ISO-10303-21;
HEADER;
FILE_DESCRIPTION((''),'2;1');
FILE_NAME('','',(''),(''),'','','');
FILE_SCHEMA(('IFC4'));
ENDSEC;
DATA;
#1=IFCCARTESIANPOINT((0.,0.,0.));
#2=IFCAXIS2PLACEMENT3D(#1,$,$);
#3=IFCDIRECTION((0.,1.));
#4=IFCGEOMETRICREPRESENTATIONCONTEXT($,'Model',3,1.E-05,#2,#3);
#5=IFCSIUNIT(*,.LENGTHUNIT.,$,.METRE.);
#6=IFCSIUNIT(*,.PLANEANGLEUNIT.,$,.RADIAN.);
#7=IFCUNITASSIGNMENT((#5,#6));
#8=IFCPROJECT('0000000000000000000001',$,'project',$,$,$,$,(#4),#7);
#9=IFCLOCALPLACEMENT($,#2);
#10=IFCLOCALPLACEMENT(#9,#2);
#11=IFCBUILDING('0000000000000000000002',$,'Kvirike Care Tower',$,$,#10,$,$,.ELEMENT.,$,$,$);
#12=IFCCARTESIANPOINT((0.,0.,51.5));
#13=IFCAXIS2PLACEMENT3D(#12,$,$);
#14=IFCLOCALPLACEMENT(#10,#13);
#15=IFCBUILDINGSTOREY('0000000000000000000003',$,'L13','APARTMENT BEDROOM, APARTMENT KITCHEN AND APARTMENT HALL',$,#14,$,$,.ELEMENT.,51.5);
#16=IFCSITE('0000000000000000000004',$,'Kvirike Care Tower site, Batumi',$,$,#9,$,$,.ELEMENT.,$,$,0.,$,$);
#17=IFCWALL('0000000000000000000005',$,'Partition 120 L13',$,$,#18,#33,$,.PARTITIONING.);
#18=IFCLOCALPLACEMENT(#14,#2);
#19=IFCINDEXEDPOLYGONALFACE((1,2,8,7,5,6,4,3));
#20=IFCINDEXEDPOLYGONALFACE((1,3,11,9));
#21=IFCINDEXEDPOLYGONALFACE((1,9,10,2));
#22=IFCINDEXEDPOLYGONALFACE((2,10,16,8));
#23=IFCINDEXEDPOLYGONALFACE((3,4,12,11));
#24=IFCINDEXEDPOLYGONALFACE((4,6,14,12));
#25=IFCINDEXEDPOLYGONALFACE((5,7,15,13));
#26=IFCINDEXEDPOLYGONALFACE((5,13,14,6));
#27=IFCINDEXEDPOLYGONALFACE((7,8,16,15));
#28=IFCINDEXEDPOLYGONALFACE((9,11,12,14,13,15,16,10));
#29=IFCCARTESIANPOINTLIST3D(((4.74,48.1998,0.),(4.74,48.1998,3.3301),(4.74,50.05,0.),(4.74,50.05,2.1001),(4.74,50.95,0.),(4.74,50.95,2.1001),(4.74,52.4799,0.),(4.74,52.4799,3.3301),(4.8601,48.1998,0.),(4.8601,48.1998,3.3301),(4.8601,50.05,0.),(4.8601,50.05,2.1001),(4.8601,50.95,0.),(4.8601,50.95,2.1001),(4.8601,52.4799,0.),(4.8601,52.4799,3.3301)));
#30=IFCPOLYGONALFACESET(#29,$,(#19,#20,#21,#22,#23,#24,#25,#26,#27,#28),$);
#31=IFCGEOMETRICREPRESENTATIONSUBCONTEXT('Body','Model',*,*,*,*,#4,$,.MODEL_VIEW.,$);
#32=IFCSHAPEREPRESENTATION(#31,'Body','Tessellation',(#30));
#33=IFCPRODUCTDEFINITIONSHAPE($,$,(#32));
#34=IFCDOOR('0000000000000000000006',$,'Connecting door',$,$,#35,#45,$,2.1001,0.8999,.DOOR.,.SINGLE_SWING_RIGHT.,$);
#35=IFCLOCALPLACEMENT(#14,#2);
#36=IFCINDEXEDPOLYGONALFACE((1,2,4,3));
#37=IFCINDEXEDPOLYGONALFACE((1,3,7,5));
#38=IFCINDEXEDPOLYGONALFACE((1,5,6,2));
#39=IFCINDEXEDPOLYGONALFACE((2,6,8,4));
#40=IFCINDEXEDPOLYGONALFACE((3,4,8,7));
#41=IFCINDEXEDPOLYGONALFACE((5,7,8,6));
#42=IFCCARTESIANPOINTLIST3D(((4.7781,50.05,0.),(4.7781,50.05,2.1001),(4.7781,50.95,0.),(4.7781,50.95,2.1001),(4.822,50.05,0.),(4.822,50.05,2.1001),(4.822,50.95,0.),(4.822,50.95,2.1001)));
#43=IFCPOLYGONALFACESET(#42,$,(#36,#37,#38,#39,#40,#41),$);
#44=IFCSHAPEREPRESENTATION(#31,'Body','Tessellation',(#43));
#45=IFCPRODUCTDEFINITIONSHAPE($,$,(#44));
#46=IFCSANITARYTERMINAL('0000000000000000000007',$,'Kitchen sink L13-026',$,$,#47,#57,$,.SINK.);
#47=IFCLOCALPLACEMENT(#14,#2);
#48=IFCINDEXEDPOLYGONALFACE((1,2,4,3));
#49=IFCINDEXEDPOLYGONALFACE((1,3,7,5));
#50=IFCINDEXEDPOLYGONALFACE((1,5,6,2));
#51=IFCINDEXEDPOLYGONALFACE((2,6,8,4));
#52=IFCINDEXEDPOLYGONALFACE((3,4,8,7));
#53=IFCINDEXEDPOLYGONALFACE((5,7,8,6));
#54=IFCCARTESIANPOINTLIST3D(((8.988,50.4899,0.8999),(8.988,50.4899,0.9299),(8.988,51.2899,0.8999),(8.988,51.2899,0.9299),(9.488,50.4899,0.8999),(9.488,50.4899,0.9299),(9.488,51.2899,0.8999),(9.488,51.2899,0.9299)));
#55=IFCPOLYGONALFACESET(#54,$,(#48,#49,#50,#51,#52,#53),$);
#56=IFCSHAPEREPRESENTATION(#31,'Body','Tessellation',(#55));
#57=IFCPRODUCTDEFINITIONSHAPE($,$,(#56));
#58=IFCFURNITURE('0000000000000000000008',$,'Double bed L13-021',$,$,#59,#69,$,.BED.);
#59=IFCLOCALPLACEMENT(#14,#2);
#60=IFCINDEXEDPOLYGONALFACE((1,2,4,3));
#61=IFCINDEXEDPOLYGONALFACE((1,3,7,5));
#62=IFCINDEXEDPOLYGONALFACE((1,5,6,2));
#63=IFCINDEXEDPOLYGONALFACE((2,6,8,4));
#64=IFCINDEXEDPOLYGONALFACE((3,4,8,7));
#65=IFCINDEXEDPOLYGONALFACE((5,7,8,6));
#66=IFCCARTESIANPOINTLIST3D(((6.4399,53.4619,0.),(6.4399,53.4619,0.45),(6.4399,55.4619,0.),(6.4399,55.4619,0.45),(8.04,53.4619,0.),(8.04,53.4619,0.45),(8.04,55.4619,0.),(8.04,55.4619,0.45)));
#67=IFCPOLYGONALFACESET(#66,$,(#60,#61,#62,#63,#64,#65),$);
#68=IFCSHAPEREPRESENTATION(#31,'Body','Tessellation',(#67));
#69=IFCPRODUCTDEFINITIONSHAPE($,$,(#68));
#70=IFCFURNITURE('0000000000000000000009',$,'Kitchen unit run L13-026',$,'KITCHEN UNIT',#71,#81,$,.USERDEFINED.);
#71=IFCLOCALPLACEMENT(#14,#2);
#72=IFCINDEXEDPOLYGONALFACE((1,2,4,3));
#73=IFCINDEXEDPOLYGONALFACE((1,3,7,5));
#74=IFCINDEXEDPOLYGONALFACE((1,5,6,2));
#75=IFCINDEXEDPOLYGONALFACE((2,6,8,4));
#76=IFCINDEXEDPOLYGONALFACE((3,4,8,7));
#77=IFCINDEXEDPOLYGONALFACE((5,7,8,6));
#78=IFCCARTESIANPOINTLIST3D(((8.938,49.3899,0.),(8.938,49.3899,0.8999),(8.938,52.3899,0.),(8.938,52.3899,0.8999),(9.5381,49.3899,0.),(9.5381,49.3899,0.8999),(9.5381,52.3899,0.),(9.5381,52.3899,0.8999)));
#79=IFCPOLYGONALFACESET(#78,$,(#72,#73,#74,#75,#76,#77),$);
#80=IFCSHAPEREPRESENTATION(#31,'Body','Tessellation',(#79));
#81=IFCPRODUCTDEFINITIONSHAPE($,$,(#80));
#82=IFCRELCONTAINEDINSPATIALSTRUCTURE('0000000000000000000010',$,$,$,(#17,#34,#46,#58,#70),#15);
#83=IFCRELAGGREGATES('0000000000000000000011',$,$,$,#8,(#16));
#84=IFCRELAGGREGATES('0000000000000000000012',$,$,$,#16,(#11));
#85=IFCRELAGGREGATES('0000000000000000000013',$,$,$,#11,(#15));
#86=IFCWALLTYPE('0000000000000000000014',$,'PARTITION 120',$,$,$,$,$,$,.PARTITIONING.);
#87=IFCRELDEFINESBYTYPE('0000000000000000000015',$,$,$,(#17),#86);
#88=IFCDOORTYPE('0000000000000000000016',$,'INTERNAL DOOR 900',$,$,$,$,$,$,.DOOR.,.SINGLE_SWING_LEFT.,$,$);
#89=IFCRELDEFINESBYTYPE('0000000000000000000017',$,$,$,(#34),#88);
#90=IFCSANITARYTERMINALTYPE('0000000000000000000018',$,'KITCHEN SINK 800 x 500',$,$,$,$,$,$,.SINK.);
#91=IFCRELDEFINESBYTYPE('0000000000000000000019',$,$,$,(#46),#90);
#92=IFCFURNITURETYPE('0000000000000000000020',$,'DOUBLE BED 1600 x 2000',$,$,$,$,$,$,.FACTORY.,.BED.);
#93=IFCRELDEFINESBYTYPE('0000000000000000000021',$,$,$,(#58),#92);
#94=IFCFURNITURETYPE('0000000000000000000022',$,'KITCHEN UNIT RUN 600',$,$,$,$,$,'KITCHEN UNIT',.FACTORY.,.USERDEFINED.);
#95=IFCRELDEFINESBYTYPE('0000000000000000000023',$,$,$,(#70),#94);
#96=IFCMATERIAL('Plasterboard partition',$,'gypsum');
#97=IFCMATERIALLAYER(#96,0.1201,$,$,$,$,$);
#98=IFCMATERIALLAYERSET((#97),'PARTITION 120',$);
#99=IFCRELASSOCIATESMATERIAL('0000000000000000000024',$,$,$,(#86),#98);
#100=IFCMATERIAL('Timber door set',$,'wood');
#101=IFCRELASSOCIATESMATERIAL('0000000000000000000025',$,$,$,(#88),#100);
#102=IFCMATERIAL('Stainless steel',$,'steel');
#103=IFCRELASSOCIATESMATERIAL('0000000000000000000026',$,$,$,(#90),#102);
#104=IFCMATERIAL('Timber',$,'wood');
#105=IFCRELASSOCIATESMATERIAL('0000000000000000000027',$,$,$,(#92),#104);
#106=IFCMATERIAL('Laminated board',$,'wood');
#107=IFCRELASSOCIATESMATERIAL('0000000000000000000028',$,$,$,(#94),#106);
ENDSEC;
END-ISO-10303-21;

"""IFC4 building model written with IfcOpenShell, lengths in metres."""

from ifc_helpers import new_model, si_unit, direction, frame, frame_2d, origin, origin_2d, place, context, subcontext, project, spatial, rectangle, extrude, material, layer, layer_set, type_object, element, fill, save


model = new_model("IFC4")

# Units and contexts
model_context = context("Model", 3, precision=1e-05, world=origin(), true_north=direction((0.0, 1.0)))
body_context = subcontext(model_context, "Body", "Model", "MODEL_VIEW")
ifc_project = project(units=[si_unit("LENGTHUNIT", "METRE"), si_unit("PLANEANGLEUNIT", "RADIAN")], contexts=[model_context])

# Site, building, storey
site_placement = place(None, origin())
site = spatial("IfcSite", under=ifc_project, at=site_placement, Name="Kvirike Care Tower site, Batumi", CompositionType="ELEMENT", RefElevation=0.0)
building_placement = place(site_placement, origin())
building = spatial("IfcBuilding", under=site, at=building_placement, Name="Kvirike Care Tower", CompositionType="ELEMENT")
storey_placement = place(building_placement, frame((0.0, 0.0, 51.5)))
storey = spatial("IfcBuildingStorey", under=building, at=storey_placement, Name="L13", Description="APARTMENT BEDROOM, APARTMENT KITCHEN AND APARTMENT HALL", CompositionType="ELEMENT", Elevation=51.5)

# Shared definitions
ifc_material_1 = material(Name="Plasterboard partition", Category="gypsum")
ifc_layer_1 = layer(ifc_material_1, 0.1201)
ifc_layer_set_1 = layer_set([ifc_layer_1], Name="PARTITION 120")
wall_type_1 = type_object("IfcWallType", Name="PARTITION 120", PredefinedType="PARTITIONING", material=ifc_layer_set_1)
ifc_material_2 = material(Name="Timber door set", Category="wood")
door_type_1 = type_object("IfcDoorType", Name="INTERNAL DOOR 900", OperationType="SINGLE_SWING_LEFT", PredefinedType="DOOR", material=ifc_material_2)

# Wall, opening, door
wall_1_placement = place(storey_placement, frame((4.8, 52.48, 0.0), z_axis=(0.0, 0.0, 1.0), x_axis=(0.0, -1.0, 0.0)))
wall_1 = element("IfcWall", 1, at=wall_1_placement, inside=storey, type_object=wall_type_1, Name="Partition 120 L13", PredefinedType="PARTITIONING", context=body_context, shape_type="SweptSolid", body=[
    extrude(rectangle(XDim=4.28, YDim=0.1201, at=frame_2d((2.1401, 0.0))), origin(), (0.0, 0.0, 1.0), 3.3301),
])
opening_1_placement = place(wall_1_placement, frame((1.53, 0.0, 0.0)))
opening_1 = element("IfcOpeningElement", 2, at=opening_1_placement, cuts=wall_1, PredefinedType="OPENING", context=body_context, shape_type="SweptSolid", body=[
    extrude(rectangle(XDim=0.8999, YDim=2.1001, at=frame_2d((0.45, 1.05))), frame((0.0, 0.0706, 0.0), z_axis=(0.0, -1.0, 0.0), x_axis=(1.0, 0.0, 0.0)), (0.0, 0.0, 1.0), 0.1411),
])
door_1_placement = place(opening_1_placement, frame((0.8999, 0.0, 0.0), z_axis=(0.0, 0.0, 1.0), x_axis=(-1.0, 0.0, 0.0)))
door_1 = element("IfcDoor", 3, at=door_1_placement, inside=storey, type_object=door_type_1, Name="Connecting door", OperationType="SINGLE_SWING_RIGHT", OverallHeight=2.1001, OverallWidth=0.8999, PredefinedType="DOOR", context=body_context, shape_type="SweptSolid", body=[
    extrude(rectangle(XDim=0.8999, YDim=2.1001, at=frame_2d((0.45, 1.05))), frame((0.0, 0.022, 0.0), z_axis=(0.0, -1.0, 0.0), x_axis=(1.0, 0.0, 0.0)), (0.0, 0.0, 1.0), 0.0439),
])
fill(opening_1, door_1)

# Sanitary terminal
ifc_material_3 = material(Name="Stainless steel", Category="steel")
sanitary_terminal_type = type_object("IfcSanitaryTerminalType", Name="KITCHEN SINK 800 x 500", PredefinedType="SINK", material=ifc_material_3)
sanitary_terminal_placement = place(storey_placement, frame((9.238, 50.8899, 0.8999), z_axis=(0.0, 0.0, 1.0), x_axis=(0.0, -1.0, 0.0)))
element("IfcSanitaryTerminal", 4, at=sanitary_terminal_placement, inside=storey, type_object=sanitary_terminal_type, Name="Kitchen sink L13-026", PredefinedType="SINK", context=body_context, shape_type="SweptSolid", body=[
    extrude(rectangle(XDim=0.8, YDim=0.5, at=origin_2d()), origin(), (0.0, 0.0, 1.0), 0.03),
])

# Furniture
ifc_material_4 = material(Name="Timber", Category="wood")
furniture_type_1 = type_object("IfcFurnitureType", Name="DOUBLE BED 1600 x 2000", AssemblyPlace="FACTORY", PredefinedType="BED", material=ifc_material_4)
furniture_1_placement = place(storey_placement, frame((7.24, 54.4619, 0.0), z_axis=(0.0, 0.0, 1.0), x_axis=(-1.0, 0.0, 0.0)))
element("IfcFurniture", 5, at=furniture_1_placement, inside=storey, type_object=furniture_type_1, Name="Double bed L13-021", PredefinedType="BED", context=body_context, shape_type="SweptSolid", body=[
    extrude(rectangle(XDim=1.6001, YDim=2.0, at=origin_2d()), origin(), (0.0, 0.0, 1.0), 0.45),
])
ifc_material_5 = material(Name="Laminated board", Category="wood")
furniture_type_2 = type_object("IfcFurnitureType", Name="KITCHEN UNIT RUN 600", ElementType="KITCHEN UNIT", AssemblyPlace="FACTORY", PredefinedType="USERDEFINED", material=ifc_material_5)
furniture_2_placement = place(storey_placement, frame((9.238, 50.8899, 0.0), z_axis=(0.0, 0.0, 1.0), x_axis=(0.0, -1.0, 0.0)))
element("IfcFurniture", 6, at=furniture_2_placement, inside=storey, type_object=furniture_type_2, Name="Kitchen unit run L13-026", ObjectType="KITCHEN UNIT", PredefinedType="USERDEFINED", context=body_context, shape_type="SweptSolid", body=[
    extrude(rectangle(XDim=3.0, YDim=0.6001, at=origin_2d()), origin(), (0.0, 0.0, 1.0), 0.8999),
])

save(model, "model.ifc")
